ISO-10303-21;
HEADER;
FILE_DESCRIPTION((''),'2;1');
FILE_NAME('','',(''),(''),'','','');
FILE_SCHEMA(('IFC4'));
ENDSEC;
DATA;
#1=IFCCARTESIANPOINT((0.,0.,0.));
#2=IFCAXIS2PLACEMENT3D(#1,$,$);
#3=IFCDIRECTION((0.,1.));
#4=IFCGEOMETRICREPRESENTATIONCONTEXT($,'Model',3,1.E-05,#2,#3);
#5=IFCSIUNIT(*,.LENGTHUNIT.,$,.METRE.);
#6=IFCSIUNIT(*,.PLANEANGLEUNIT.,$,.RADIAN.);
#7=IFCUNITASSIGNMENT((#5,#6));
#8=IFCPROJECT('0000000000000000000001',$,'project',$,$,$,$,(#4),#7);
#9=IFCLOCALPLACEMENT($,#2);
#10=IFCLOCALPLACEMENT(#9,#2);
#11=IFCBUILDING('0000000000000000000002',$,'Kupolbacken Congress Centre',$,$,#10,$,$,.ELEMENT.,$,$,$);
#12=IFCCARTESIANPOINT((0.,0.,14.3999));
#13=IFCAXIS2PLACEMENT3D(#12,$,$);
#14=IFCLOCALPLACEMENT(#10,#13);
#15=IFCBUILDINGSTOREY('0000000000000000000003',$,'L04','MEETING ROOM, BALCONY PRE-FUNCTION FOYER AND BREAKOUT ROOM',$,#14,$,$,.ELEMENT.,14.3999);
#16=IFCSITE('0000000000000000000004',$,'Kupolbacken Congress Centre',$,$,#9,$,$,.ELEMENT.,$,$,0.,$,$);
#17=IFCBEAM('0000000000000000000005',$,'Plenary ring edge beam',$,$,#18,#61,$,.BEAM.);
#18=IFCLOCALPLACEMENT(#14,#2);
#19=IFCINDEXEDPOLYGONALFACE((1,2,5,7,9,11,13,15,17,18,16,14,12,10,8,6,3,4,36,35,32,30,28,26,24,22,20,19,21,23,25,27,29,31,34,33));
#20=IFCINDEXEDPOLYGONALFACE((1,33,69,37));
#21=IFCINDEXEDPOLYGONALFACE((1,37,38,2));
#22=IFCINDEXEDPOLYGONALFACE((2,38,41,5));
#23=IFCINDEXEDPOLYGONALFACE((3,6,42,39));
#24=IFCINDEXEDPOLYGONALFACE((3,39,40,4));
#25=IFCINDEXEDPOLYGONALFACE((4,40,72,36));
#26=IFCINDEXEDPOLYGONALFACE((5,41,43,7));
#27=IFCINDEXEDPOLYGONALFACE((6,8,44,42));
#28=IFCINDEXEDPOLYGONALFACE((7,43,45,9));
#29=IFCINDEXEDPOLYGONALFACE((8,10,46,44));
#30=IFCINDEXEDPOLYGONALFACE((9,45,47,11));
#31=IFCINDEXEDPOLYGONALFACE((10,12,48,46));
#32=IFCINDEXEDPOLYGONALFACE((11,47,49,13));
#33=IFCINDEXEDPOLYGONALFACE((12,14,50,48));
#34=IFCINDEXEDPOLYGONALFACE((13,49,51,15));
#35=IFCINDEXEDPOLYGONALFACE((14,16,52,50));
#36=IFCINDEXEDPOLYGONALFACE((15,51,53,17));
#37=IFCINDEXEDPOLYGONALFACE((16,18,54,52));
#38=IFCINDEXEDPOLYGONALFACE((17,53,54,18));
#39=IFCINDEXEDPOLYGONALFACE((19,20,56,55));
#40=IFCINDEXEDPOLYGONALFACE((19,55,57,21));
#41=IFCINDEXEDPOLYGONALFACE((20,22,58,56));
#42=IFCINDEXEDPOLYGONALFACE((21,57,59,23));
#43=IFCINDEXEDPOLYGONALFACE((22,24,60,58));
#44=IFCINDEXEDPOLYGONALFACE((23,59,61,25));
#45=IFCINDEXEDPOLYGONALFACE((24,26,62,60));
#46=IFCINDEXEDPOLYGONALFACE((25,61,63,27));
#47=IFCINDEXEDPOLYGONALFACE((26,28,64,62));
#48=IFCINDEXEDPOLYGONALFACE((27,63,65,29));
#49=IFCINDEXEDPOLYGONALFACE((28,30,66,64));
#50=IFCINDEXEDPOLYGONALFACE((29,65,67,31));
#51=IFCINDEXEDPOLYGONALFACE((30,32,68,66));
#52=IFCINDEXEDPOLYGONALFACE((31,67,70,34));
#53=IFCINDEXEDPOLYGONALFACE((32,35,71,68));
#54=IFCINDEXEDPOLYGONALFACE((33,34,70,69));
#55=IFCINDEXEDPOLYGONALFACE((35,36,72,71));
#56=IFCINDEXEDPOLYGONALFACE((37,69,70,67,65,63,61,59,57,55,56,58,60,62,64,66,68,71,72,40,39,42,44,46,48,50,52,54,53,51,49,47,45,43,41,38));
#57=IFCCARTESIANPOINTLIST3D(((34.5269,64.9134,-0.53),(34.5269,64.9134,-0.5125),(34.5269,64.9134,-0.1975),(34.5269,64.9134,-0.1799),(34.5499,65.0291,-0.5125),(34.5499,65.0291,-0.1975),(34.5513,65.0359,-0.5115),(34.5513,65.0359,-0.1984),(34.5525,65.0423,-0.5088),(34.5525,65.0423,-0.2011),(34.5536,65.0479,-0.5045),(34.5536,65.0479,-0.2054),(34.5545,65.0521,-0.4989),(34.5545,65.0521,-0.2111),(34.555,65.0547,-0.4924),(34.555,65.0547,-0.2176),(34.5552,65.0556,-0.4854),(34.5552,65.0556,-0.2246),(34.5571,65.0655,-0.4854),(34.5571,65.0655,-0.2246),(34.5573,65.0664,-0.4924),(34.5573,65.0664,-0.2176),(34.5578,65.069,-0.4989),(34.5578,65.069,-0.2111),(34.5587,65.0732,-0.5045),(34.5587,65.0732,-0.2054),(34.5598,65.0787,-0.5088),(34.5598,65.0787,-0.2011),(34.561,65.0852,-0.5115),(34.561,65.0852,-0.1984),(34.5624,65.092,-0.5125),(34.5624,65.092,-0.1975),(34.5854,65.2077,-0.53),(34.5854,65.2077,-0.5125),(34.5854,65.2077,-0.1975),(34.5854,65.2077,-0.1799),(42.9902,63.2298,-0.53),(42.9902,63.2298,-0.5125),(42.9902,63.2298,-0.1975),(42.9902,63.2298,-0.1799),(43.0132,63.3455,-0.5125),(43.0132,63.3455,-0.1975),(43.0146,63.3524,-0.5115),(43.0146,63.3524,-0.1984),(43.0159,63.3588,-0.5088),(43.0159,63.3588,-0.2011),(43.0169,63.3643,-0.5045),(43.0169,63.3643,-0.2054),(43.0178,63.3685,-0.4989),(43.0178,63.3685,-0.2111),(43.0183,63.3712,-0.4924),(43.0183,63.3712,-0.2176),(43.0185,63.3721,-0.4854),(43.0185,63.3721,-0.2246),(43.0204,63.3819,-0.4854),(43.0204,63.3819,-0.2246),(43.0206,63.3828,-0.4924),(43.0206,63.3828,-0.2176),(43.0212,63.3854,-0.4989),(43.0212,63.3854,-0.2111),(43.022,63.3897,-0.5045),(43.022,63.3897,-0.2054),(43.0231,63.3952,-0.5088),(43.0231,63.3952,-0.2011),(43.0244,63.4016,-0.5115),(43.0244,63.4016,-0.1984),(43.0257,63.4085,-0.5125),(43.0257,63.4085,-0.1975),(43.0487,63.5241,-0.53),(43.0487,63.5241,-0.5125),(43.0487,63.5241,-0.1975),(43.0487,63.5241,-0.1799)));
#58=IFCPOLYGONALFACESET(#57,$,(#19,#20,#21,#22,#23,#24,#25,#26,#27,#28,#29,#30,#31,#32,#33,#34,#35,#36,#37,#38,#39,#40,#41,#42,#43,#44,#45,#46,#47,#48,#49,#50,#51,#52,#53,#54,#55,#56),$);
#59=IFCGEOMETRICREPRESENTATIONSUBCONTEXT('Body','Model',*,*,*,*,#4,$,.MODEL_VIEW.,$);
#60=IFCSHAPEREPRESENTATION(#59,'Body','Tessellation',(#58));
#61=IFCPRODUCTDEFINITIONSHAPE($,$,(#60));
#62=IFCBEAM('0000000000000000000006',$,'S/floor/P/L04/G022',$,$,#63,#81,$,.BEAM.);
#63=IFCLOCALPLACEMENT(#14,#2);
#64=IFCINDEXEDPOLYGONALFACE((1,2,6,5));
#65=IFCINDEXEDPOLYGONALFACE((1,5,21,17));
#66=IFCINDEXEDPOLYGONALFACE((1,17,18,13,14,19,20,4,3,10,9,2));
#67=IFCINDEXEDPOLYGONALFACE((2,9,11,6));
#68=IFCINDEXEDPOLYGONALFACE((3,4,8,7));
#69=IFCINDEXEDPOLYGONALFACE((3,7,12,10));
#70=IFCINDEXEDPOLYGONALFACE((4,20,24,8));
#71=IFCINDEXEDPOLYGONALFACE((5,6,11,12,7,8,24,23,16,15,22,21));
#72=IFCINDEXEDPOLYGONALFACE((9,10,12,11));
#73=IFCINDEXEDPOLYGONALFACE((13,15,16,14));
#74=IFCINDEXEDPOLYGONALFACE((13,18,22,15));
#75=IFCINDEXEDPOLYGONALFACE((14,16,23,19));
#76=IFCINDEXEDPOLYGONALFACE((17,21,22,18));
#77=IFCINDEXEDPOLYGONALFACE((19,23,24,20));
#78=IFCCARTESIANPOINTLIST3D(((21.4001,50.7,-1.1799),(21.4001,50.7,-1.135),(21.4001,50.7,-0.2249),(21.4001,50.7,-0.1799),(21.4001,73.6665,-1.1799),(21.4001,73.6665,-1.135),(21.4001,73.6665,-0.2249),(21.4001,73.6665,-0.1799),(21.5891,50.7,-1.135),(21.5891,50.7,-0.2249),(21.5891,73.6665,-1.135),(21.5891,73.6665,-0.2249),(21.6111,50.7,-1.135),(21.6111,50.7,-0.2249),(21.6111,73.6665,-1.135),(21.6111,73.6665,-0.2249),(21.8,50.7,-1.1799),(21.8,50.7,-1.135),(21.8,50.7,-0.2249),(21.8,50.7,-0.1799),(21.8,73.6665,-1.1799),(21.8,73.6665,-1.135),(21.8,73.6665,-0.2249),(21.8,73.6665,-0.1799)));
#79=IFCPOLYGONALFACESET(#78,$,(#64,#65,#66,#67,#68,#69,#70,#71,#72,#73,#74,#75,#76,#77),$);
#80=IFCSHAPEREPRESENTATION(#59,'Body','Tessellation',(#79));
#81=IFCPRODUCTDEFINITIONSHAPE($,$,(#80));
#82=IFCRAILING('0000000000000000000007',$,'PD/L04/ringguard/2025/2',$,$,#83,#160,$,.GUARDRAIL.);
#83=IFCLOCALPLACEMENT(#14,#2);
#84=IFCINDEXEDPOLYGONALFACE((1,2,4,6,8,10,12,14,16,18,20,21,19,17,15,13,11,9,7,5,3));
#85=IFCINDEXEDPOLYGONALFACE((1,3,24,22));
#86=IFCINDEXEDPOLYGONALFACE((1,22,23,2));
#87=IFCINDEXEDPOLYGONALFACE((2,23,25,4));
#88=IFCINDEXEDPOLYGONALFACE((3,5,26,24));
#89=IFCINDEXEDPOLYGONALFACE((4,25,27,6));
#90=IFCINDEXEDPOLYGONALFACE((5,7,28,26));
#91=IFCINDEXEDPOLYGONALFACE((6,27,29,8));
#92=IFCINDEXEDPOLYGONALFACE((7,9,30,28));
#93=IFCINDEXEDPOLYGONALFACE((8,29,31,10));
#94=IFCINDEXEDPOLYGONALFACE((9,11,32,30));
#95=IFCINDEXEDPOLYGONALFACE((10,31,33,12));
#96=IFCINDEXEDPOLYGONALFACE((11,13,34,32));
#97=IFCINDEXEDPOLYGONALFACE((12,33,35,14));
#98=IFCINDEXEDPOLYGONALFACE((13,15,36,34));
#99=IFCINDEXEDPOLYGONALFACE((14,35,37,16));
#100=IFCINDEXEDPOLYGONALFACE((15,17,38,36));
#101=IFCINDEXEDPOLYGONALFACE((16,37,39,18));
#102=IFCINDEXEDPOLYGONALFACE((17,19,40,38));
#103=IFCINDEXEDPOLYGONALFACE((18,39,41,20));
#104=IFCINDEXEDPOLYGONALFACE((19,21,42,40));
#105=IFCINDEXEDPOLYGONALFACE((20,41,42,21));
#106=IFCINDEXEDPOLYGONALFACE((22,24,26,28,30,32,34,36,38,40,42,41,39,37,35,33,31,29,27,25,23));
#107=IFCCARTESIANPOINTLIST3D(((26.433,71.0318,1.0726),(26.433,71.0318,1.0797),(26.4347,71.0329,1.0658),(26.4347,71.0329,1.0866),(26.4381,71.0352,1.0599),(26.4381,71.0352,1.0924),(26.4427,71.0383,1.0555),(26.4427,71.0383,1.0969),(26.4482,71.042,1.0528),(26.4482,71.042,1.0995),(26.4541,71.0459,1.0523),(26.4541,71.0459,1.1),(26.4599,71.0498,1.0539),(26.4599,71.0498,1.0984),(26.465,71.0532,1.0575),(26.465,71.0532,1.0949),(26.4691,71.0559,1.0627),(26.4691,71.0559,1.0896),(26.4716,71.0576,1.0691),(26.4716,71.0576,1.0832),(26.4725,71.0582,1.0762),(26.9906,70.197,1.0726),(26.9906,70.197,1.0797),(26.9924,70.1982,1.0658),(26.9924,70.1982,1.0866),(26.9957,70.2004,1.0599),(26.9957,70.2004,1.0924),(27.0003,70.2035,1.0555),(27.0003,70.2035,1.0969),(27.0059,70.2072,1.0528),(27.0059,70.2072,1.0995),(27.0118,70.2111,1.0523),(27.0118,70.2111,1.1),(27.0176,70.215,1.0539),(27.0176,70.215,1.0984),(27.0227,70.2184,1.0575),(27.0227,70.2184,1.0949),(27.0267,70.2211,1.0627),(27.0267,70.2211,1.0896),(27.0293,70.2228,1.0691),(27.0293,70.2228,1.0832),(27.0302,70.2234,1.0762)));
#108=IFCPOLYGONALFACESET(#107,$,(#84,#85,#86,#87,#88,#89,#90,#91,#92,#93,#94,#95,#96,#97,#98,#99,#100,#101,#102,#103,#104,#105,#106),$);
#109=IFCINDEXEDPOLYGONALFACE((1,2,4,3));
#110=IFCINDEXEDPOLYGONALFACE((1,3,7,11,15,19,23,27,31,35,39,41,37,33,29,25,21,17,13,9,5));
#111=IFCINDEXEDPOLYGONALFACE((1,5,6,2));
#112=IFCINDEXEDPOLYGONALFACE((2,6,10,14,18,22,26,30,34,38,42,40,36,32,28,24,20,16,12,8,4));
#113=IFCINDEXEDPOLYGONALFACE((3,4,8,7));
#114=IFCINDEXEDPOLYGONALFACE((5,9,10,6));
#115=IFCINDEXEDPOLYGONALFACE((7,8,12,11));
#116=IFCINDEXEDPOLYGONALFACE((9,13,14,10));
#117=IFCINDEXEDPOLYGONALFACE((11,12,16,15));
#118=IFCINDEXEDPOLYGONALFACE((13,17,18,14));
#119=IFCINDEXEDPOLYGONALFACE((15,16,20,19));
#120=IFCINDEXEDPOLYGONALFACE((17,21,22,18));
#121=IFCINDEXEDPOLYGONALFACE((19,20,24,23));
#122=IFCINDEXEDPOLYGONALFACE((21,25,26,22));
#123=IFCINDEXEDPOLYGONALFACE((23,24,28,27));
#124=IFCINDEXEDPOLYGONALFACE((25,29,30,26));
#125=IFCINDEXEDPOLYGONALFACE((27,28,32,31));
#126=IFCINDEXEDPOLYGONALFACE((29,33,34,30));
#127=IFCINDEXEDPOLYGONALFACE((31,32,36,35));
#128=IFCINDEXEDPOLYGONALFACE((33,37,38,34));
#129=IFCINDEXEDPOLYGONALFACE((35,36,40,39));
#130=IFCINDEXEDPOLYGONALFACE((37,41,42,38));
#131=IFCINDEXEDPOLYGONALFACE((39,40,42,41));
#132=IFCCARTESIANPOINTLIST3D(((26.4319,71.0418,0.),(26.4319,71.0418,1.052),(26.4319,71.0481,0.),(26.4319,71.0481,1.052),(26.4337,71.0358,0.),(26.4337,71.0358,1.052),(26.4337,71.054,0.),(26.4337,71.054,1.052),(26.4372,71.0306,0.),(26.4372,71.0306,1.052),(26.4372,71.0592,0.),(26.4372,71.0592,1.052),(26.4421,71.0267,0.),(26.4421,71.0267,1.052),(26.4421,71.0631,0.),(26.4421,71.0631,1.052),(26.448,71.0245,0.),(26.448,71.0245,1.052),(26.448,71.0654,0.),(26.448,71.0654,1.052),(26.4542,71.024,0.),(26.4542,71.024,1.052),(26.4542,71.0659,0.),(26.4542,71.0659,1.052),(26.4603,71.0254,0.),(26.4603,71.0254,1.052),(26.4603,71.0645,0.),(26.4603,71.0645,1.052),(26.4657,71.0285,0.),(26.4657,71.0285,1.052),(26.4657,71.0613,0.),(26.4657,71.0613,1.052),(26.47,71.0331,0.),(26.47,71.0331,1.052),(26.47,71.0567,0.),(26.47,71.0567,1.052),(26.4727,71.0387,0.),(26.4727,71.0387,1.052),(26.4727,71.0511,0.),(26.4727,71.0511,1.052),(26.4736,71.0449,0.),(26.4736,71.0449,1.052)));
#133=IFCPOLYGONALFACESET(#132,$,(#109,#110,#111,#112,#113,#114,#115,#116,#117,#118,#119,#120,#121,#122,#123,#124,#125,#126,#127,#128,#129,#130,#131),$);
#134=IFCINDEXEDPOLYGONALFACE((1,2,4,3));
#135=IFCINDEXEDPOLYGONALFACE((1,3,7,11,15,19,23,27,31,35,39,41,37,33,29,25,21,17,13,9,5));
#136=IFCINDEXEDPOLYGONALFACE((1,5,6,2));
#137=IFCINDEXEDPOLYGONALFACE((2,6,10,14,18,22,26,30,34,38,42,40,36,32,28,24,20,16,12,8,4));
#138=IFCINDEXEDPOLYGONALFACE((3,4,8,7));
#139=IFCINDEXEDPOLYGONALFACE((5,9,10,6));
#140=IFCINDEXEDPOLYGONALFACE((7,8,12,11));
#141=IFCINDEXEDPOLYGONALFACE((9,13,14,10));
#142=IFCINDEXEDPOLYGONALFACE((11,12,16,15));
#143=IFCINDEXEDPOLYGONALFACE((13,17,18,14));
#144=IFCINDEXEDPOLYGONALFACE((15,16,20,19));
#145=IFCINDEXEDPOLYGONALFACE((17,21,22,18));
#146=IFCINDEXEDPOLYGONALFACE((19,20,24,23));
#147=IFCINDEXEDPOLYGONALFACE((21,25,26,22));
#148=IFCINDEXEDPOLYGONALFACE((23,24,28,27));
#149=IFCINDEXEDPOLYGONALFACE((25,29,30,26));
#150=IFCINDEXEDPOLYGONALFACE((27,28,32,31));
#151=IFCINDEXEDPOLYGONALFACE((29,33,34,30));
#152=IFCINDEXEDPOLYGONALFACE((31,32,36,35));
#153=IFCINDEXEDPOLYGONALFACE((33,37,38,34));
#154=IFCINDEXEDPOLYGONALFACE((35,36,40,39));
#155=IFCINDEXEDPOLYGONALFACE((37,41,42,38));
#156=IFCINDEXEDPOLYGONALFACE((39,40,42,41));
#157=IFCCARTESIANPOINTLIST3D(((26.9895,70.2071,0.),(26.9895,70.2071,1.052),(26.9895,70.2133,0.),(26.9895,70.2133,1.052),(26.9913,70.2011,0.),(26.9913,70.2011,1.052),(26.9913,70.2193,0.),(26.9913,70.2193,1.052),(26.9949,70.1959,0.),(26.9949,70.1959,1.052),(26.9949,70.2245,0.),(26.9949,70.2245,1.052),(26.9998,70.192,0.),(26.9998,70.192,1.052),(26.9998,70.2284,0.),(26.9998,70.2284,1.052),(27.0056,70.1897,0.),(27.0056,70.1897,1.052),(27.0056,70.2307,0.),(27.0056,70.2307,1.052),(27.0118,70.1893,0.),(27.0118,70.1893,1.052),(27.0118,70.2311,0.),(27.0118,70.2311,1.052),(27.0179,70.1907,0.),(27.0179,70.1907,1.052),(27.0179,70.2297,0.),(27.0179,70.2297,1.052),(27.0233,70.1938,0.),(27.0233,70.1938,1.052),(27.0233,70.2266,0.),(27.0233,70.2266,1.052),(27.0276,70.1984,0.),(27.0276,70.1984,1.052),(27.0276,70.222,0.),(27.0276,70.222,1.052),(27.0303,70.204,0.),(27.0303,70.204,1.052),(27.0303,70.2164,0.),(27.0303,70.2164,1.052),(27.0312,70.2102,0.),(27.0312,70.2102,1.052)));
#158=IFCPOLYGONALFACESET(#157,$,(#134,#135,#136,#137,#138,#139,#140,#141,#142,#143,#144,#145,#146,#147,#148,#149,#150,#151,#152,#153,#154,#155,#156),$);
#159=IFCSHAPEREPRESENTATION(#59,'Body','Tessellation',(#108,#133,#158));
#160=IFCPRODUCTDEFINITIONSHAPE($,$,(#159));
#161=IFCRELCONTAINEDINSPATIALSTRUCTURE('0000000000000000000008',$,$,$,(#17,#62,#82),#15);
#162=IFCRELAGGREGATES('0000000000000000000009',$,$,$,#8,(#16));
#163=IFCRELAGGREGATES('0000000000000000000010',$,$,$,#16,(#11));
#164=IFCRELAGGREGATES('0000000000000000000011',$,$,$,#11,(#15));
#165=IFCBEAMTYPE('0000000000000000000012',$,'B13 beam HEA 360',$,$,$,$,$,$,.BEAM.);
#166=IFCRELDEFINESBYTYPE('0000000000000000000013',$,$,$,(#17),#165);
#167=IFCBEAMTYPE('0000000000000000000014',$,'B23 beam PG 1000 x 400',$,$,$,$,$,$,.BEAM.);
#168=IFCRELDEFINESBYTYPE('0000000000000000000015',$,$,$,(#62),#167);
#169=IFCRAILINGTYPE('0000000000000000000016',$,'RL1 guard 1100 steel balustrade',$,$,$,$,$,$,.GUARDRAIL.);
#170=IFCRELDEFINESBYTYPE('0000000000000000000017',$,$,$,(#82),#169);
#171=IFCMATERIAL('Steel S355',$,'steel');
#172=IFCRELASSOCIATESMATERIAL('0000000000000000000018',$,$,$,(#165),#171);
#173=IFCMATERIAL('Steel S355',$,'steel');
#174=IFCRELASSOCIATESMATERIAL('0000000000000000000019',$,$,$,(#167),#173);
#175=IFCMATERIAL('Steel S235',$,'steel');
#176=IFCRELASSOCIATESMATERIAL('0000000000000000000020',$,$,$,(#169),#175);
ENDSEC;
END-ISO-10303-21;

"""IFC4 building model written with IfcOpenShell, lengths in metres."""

from ifc_helpers import new_model, si_unit, direction, frame, origin, origin_2d, place, context, subcontext, project, spatial, circle, i_section, extrude, material, material_profile, profile_set, type_object, element, save


model = new_model("IFC4")

# Units and contexts
model_context = context("Model", 3, precision=1e-05, world=origin(), true_north=direction((0.0, 1.0)))
body_context = subcontext(model_context, "Body", "Model", "MODEL_VIEW")
ifc_project = project(units=[si_unit("LENGTHUNIT", "METRE"), si_unit("PLANEANGLEUNIT", "RADIAN")], contexts=[model_context])

# Site, building, storey
site_placement = place(None, origin())
site = spatial("IfcSite", under=ifc_project, at=site_placement, Name="Kupolbacken Congress Centre", CompositionType="ELEMENT", RefElevation=0.0)
building_placement = place(site_placement, origin())
building = spatial("IfcBuilding", under=site, at=building_placement, Name="Kupolbacken Congress Centre", CompositionType="ELEMENT")
storey_placement = place(building_placement, frame((0.0, 0.0, 14.3999)))
storey = spatial("IfcBuildingStorey", under=building, at=storey_placement, Name="L04", Description="MEETING ROOM, BALCONY PRE-FUNCTION FOYER AND BREAKOUT ROOM", CompositionType="ELEMENT", Elevation=14.3999)

# Beams
ifc_material_1 = material(Name="Steel S355", Category="steel")
ifc_material_profile_1 = material_profile(ifc_material_1, i_section(OverallWidth=0.3, OverallDepth=0.3501, WebThickness=0.01, FlangeThickness=0.0176, FilletRadius=0.0271, at=origin_2d()), Name="HEA 360")
ifc_profile_set_1 = profile_set([ifc_material_profile_1], Name="Steel S355")
beam_type_1 = type_object("IfcBeamType", Name="B13 beam HEA 360", PredefinedType="BEAM", material=ifc_profile_set_1)
beam_1_placement = place(storey_placement, frame((34.5562, 65.0605, -0.355), z_axis=(0.980783, -0.195104, 0.0), x_axis=(0.195104, 0.980783, 0.0)))
element("IfcBeam", 1, at=beam_1_placement, inside=storey, type_object=beam_type_1, Name="Plenary ring edge beam", PredefinedType="BEAM", context=body_context, shape_type="SweptSolid", body=[
    extrude(i_section(OverallWidth=0.3, OverallDepth=0.3501, WebThickness=0.01, FlangeThickness=0.0176, FilletRadius=0.0271, at=origin_2d()), origin(), (0.0, 0.0, 1.0), 8.6292),
])
ifc_material_2 = material(Name="Steel S355", Category="steel")
ifc_material_profile_2 = material_profile(ifc_material_2, i_section(OverallWidth=0.3999, OverallDepth=1.0, WebThickness=0.022, FlangeThickness=0.0449, at=origin_2d()), Name="PG 1000 x 400")
ifc_profile_set_2 = profile_set([ifc_material_profile_2], Name="Steel S355")
beam_type_2 = type_object("IfcBeamType", Name="B23 beam PG 1000 x 400", PredefinedType="BEAM", material=ifc_profile_set_2)
beam_2_placement = place(storey_placement, frame((21.6001, 50.7, -0.6799), z_axis=(0.0, 1.0, 0.0), x_axis=(-1.0, 0.0, 0.0)))
element("IfcBeam", 2, at=beam_2_placement, inside=storey, type_object=beam_type_2, Name="S/floor/P/L04/G022", PredefinedType="BEAM", context=body_context, shape_type="SweptSolid", body=[
    extrude(i_section(OverallWidth=0.3999, OverallDepth=1.0, WebThickness=0.022, FlangeThickness=0.0449, at=origin_2d()), origin(), (0.0, 0.0, 1.0), 22.9666),
])

# Railing
ifc_material_3 = material(Name="Steel S235", Category="steel")
railing_type = type_object("IfcRailingType", Name="RL1 guard 1100 steel balustrade", PredefinedType="GUARDRAIL", material=ifc_material_3)
railing_1_placement = place(storey_placement, frame((26.4526, 71.0449, 0.0)))
element("IfcRailing", 3, at=railing_1_placement, inside=storey, type_object=railing_type, Name="PD/L04/ringguard/2025/2", PredefinedType="GUARDRAIL", context=body_context, shape_type="SweptSolid", body=[
    extrude(circle(Radius=0.0239, at=origin_2d()), frame((0.0, 0.0, 1.0762), z_axis=(0.555486, -0.831526, 0.0), x_axis=(0.831526, 0.555486, 0.0)), (0.0, 0.0, 1.0), 1.0039),
    extrude(circle(Radius=0.021, at=origin_2d()), origin(), (0.0, 0.0, 1.0), 1.052),
    extrude(circle(Radius=0.021, at=origin_2d()), frame((0.5576, -0.8347, 0.0)), (0.0, 0.0, 1.0), 1.052),
])

save(model, "model.ifc")
